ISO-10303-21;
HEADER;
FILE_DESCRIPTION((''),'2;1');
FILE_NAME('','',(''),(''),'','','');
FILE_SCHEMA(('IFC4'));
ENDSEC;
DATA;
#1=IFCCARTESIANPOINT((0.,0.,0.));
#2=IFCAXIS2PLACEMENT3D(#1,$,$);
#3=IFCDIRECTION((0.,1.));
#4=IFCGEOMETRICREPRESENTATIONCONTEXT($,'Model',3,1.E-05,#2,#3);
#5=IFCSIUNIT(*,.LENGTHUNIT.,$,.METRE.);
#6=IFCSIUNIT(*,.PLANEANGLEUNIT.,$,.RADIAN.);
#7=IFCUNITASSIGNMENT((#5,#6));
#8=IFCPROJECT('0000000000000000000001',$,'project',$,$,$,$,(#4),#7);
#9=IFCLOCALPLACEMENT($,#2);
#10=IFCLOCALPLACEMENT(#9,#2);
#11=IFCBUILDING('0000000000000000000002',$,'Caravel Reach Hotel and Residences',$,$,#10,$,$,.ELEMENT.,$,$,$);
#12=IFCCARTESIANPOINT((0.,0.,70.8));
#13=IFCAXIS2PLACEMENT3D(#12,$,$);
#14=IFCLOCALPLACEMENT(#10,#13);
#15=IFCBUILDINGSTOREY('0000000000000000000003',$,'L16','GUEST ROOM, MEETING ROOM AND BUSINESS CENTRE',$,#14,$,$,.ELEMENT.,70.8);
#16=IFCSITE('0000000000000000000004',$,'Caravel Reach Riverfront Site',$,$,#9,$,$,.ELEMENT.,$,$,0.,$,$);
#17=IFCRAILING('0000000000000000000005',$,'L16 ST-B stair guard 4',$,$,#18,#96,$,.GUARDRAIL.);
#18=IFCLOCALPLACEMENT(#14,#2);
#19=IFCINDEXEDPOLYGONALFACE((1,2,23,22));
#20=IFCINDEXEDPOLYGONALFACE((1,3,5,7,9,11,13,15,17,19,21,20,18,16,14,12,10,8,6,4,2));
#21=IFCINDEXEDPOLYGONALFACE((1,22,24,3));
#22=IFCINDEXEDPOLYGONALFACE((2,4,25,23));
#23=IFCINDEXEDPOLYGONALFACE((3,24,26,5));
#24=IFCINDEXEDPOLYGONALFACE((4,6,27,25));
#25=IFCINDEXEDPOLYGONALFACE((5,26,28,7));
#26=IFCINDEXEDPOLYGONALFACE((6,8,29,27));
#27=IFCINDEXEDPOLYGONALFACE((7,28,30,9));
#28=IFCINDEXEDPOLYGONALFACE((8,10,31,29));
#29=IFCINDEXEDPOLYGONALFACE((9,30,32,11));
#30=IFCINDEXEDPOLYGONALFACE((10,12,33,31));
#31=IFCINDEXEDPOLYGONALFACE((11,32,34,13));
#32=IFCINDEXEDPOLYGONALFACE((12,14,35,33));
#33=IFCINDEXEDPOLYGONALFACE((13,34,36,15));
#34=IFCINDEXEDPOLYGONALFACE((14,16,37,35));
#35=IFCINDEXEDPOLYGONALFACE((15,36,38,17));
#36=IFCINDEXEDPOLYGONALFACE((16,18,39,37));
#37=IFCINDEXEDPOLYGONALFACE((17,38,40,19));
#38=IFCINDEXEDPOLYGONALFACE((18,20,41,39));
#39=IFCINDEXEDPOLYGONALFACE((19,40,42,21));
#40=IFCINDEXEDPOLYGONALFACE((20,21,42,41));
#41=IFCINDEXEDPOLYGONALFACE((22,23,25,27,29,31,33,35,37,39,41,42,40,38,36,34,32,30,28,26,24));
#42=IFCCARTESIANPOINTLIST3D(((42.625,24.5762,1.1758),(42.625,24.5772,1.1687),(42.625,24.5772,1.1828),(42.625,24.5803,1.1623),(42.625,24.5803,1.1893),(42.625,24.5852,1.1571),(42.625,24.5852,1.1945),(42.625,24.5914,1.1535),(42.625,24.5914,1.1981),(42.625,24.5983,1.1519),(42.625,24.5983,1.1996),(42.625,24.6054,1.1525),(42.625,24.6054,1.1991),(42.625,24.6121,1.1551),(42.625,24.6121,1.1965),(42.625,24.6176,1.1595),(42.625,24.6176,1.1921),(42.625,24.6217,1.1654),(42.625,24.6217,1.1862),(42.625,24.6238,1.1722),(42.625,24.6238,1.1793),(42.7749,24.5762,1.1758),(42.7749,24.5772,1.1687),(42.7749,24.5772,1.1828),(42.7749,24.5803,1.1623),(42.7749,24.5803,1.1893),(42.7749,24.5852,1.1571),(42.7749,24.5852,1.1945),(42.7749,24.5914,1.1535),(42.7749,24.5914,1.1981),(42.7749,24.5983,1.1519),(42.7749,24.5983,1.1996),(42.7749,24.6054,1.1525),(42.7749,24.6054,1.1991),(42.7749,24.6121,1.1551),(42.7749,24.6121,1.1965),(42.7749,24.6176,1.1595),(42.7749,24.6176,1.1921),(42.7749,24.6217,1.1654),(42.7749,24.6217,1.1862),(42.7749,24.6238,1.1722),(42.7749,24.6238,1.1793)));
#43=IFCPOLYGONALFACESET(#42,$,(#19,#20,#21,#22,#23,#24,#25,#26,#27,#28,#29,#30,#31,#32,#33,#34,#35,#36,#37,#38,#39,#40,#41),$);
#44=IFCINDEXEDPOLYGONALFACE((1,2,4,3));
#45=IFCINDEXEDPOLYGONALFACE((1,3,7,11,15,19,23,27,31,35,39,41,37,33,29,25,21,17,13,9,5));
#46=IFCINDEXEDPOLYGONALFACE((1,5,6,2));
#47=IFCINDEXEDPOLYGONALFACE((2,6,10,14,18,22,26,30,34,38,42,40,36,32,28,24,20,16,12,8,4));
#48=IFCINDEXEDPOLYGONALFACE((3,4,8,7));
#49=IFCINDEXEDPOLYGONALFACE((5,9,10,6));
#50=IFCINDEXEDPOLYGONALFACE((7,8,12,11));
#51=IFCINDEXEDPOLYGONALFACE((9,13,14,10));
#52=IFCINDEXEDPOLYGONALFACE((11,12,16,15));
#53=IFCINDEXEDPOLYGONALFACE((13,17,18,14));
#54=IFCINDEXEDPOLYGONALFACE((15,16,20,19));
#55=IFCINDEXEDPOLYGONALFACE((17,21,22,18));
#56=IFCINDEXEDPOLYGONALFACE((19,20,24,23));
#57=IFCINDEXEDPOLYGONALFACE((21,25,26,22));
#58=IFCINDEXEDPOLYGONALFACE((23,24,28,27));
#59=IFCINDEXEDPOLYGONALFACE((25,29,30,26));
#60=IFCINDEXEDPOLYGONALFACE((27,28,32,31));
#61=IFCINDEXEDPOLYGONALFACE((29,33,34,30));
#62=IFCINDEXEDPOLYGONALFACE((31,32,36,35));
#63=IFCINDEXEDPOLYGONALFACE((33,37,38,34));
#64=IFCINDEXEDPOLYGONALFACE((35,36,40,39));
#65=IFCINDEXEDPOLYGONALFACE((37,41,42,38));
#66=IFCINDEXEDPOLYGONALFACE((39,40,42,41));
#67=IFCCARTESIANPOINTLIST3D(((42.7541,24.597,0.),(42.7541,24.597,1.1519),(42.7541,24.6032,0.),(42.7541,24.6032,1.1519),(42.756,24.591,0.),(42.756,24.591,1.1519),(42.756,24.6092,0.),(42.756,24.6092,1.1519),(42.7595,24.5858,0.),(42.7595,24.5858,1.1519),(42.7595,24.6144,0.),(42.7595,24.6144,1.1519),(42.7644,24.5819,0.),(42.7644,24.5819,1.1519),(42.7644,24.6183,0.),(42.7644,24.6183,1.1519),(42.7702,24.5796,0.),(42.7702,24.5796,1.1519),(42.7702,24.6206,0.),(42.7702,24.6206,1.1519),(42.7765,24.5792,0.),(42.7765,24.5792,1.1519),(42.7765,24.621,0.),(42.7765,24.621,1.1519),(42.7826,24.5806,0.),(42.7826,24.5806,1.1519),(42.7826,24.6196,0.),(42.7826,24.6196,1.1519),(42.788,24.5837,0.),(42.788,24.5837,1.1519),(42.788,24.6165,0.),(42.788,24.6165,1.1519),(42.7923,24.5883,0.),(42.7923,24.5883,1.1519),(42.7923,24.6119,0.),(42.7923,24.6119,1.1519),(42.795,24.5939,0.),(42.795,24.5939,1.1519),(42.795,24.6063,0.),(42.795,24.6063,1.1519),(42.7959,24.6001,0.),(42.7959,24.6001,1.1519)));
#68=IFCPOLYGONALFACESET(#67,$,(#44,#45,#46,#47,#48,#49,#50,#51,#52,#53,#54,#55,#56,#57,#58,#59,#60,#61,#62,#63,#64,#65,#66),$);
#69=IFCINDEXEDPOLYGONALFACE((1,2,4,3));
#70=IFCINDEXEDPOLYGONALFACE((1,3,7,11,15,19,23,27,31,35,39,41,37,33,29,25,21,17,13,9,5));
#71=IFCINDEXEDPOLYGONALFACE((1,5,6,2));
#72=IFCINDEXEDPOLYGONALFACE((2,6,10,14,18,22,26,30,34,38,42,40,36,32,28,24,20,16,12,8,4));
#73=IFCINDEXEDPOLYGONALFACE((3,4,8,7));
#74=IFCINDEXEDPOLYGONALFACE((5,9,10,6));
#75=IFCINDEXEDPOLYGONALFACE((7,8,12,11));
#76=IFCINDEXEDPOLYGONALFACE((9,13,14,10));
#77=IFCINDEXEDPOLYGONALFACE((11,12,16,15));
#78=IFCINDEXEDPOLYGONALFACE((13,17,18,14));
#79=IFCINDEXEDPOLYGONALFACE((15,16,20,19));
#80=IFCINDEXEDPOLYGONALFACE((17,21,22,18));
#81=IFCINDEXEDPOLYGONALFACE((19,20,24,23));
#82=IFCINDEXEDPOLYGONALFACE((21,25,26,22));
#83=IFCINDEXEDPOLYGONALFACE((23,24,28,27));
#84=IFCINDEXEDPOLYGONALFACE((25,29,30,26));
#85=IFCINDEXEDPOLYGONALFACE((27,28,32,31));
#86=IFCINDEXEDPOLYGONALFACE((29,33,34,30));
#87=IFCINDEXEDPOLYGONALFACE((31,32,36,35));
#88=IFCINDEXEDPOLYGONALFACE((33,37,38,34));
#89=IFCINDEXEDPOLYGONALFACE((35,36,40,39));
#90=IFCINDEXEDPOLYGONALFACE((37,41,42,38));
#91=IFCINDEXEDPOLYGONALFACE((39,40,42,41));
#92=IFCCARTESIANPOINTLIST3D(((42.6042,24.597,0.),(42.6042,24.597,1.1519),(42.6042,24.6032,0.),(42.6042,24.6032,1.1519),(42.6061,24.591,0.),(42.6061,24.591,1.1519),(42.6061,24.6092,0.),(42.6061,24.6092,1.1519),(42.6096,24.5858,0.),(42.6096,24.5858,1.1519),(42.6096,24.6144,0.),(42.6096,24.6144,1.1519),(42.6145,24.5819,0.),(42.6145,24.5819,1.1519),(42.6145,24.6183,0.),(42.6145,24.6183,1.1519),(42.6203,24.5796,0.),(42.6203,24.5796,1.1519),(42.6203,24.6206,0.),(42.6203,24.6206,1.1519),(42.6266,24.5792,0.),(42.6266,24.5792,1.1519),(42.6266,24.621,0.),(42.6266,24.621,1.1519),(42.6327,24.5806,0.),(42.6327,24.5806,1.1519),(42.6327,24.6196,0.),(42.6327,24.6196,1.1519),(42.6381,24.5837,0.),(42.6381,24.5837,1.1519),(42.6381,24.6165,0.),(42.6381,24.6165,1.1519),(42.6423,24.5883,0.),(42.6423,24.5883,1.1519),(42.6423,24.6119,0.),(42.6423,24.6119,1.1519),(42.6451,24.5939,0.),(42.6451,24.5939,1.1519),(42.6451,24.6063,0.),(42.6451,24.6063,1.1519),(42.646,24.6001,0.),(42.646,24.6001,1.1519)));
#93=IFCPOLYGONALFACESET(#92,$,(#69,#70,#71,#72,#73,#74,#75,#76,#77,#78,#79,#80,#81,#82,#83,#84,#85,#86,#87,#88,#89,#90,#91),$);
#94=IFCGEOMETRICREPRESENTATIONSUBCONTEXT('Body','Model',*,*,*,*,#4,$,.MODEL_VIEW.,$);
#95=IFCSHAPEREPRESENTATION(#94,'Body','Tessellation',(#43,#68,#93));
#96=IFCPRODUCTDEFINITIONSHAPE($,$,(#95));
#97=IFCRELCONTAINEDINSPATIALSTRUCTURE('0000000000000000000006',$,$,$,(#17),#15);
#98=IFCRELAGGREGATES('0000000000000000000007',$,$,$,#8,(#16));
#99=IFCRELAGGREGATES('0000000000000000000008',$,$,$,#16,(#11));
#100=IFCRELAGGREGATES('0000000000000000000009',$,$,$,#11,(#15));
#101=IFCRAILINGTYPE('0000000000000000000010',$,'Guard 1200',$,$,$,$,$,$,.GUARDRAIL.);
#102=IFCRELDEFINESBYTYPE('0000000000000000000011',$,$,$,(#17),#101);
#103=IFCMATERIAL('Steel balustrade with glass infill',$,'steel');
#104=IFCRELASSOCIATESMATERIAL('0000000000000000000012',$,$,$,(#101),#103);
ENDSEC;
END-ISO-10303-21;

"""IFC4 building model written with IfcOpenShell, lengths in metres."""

from ifc_helpers import new_model, si_unit, direction, frame, origin, origin_2d, place, context, subcontext, project, spatial, circle, extrude, material, type_object, element, save


model = new_model("IFC4")

# Units and contexts
model_context = context("Model", 3, precision=1e-05, world=origin(), true_north=direction((0.0, 1.0)))
body_context = subcontext(model_context, "Body", "Model", "MODEL_VIEW")
ifc_project = project(units=[si_unit("LENGTHUNIT", "METRE"), si_unit("PLANEANGLEUNIT", "RADIAN")], contexts=[model_context])

# Site, building, storey
site_placement = place(None, origin())
site = spatial("IfcSite", under=ifc_project, at=site_placement, Name="Caravel Reach Riverfront Site", CompositionType="ELEMENT", RefElevation=0.0)
building_placement = place(site_placement, origin())
building = spatial("IfcBuilding", under=site, at=building_placement, Name="Caravel Reach Hotel and Residences", CompositionType="ELEMENT")
storey_placement = place(building_placement, frame((0.0, 0.0, 70.8)))
storey = spatial("IfcBuildingStorey", under=building, at=storey_placement, Name="L16", Description="GUEST ROOM, MEETING ROOM AND BUSINESS CENTRE", CompositionType="ELEMENT", Elevation=70.8)

# Railing
ifc_material_1 = material(Name="Steel balustrade with glass infill", Category="steel")
railing_type_1 = type_object("IfcRailingType", Name="Guard 1200", PredefinedType="GUARDRAIL", material=ifc_material_1)
railing_1_placement = place(storey_placement, frame((42.7749, 24.6001, 0.0)))
element("IfcRailing", 1, at=railing_1_placement, inside=storey, type_object=railing_type_1, Name="L16 ST-B stair guard 4", PredefinedType="GUARDRAIL", context=body_context, shape_type="SweptSolid", body=[
    extrude(circle(Radius=0.0239, at=origin_2d()), frame((0.0, 0.0, 1.1758), z_axis=(-1.0, 0.0, 0.0), x_axis=(0.0, -1.0, 0.0)), (0.0, 0.0, 1.0), 0.1499),
    extrude(circle(Radius=0.021, at=origin_2d()), origin(), (0.0, 0.0, 1.0), 1.1519),
    extrude(circle(Radius=0.021, at=origin_2d()), frame((-0.1499, 0.0, 0.0)), (0.0, 0.0, 1.0), 1.1519),
])

save(model, "model.ifc")
